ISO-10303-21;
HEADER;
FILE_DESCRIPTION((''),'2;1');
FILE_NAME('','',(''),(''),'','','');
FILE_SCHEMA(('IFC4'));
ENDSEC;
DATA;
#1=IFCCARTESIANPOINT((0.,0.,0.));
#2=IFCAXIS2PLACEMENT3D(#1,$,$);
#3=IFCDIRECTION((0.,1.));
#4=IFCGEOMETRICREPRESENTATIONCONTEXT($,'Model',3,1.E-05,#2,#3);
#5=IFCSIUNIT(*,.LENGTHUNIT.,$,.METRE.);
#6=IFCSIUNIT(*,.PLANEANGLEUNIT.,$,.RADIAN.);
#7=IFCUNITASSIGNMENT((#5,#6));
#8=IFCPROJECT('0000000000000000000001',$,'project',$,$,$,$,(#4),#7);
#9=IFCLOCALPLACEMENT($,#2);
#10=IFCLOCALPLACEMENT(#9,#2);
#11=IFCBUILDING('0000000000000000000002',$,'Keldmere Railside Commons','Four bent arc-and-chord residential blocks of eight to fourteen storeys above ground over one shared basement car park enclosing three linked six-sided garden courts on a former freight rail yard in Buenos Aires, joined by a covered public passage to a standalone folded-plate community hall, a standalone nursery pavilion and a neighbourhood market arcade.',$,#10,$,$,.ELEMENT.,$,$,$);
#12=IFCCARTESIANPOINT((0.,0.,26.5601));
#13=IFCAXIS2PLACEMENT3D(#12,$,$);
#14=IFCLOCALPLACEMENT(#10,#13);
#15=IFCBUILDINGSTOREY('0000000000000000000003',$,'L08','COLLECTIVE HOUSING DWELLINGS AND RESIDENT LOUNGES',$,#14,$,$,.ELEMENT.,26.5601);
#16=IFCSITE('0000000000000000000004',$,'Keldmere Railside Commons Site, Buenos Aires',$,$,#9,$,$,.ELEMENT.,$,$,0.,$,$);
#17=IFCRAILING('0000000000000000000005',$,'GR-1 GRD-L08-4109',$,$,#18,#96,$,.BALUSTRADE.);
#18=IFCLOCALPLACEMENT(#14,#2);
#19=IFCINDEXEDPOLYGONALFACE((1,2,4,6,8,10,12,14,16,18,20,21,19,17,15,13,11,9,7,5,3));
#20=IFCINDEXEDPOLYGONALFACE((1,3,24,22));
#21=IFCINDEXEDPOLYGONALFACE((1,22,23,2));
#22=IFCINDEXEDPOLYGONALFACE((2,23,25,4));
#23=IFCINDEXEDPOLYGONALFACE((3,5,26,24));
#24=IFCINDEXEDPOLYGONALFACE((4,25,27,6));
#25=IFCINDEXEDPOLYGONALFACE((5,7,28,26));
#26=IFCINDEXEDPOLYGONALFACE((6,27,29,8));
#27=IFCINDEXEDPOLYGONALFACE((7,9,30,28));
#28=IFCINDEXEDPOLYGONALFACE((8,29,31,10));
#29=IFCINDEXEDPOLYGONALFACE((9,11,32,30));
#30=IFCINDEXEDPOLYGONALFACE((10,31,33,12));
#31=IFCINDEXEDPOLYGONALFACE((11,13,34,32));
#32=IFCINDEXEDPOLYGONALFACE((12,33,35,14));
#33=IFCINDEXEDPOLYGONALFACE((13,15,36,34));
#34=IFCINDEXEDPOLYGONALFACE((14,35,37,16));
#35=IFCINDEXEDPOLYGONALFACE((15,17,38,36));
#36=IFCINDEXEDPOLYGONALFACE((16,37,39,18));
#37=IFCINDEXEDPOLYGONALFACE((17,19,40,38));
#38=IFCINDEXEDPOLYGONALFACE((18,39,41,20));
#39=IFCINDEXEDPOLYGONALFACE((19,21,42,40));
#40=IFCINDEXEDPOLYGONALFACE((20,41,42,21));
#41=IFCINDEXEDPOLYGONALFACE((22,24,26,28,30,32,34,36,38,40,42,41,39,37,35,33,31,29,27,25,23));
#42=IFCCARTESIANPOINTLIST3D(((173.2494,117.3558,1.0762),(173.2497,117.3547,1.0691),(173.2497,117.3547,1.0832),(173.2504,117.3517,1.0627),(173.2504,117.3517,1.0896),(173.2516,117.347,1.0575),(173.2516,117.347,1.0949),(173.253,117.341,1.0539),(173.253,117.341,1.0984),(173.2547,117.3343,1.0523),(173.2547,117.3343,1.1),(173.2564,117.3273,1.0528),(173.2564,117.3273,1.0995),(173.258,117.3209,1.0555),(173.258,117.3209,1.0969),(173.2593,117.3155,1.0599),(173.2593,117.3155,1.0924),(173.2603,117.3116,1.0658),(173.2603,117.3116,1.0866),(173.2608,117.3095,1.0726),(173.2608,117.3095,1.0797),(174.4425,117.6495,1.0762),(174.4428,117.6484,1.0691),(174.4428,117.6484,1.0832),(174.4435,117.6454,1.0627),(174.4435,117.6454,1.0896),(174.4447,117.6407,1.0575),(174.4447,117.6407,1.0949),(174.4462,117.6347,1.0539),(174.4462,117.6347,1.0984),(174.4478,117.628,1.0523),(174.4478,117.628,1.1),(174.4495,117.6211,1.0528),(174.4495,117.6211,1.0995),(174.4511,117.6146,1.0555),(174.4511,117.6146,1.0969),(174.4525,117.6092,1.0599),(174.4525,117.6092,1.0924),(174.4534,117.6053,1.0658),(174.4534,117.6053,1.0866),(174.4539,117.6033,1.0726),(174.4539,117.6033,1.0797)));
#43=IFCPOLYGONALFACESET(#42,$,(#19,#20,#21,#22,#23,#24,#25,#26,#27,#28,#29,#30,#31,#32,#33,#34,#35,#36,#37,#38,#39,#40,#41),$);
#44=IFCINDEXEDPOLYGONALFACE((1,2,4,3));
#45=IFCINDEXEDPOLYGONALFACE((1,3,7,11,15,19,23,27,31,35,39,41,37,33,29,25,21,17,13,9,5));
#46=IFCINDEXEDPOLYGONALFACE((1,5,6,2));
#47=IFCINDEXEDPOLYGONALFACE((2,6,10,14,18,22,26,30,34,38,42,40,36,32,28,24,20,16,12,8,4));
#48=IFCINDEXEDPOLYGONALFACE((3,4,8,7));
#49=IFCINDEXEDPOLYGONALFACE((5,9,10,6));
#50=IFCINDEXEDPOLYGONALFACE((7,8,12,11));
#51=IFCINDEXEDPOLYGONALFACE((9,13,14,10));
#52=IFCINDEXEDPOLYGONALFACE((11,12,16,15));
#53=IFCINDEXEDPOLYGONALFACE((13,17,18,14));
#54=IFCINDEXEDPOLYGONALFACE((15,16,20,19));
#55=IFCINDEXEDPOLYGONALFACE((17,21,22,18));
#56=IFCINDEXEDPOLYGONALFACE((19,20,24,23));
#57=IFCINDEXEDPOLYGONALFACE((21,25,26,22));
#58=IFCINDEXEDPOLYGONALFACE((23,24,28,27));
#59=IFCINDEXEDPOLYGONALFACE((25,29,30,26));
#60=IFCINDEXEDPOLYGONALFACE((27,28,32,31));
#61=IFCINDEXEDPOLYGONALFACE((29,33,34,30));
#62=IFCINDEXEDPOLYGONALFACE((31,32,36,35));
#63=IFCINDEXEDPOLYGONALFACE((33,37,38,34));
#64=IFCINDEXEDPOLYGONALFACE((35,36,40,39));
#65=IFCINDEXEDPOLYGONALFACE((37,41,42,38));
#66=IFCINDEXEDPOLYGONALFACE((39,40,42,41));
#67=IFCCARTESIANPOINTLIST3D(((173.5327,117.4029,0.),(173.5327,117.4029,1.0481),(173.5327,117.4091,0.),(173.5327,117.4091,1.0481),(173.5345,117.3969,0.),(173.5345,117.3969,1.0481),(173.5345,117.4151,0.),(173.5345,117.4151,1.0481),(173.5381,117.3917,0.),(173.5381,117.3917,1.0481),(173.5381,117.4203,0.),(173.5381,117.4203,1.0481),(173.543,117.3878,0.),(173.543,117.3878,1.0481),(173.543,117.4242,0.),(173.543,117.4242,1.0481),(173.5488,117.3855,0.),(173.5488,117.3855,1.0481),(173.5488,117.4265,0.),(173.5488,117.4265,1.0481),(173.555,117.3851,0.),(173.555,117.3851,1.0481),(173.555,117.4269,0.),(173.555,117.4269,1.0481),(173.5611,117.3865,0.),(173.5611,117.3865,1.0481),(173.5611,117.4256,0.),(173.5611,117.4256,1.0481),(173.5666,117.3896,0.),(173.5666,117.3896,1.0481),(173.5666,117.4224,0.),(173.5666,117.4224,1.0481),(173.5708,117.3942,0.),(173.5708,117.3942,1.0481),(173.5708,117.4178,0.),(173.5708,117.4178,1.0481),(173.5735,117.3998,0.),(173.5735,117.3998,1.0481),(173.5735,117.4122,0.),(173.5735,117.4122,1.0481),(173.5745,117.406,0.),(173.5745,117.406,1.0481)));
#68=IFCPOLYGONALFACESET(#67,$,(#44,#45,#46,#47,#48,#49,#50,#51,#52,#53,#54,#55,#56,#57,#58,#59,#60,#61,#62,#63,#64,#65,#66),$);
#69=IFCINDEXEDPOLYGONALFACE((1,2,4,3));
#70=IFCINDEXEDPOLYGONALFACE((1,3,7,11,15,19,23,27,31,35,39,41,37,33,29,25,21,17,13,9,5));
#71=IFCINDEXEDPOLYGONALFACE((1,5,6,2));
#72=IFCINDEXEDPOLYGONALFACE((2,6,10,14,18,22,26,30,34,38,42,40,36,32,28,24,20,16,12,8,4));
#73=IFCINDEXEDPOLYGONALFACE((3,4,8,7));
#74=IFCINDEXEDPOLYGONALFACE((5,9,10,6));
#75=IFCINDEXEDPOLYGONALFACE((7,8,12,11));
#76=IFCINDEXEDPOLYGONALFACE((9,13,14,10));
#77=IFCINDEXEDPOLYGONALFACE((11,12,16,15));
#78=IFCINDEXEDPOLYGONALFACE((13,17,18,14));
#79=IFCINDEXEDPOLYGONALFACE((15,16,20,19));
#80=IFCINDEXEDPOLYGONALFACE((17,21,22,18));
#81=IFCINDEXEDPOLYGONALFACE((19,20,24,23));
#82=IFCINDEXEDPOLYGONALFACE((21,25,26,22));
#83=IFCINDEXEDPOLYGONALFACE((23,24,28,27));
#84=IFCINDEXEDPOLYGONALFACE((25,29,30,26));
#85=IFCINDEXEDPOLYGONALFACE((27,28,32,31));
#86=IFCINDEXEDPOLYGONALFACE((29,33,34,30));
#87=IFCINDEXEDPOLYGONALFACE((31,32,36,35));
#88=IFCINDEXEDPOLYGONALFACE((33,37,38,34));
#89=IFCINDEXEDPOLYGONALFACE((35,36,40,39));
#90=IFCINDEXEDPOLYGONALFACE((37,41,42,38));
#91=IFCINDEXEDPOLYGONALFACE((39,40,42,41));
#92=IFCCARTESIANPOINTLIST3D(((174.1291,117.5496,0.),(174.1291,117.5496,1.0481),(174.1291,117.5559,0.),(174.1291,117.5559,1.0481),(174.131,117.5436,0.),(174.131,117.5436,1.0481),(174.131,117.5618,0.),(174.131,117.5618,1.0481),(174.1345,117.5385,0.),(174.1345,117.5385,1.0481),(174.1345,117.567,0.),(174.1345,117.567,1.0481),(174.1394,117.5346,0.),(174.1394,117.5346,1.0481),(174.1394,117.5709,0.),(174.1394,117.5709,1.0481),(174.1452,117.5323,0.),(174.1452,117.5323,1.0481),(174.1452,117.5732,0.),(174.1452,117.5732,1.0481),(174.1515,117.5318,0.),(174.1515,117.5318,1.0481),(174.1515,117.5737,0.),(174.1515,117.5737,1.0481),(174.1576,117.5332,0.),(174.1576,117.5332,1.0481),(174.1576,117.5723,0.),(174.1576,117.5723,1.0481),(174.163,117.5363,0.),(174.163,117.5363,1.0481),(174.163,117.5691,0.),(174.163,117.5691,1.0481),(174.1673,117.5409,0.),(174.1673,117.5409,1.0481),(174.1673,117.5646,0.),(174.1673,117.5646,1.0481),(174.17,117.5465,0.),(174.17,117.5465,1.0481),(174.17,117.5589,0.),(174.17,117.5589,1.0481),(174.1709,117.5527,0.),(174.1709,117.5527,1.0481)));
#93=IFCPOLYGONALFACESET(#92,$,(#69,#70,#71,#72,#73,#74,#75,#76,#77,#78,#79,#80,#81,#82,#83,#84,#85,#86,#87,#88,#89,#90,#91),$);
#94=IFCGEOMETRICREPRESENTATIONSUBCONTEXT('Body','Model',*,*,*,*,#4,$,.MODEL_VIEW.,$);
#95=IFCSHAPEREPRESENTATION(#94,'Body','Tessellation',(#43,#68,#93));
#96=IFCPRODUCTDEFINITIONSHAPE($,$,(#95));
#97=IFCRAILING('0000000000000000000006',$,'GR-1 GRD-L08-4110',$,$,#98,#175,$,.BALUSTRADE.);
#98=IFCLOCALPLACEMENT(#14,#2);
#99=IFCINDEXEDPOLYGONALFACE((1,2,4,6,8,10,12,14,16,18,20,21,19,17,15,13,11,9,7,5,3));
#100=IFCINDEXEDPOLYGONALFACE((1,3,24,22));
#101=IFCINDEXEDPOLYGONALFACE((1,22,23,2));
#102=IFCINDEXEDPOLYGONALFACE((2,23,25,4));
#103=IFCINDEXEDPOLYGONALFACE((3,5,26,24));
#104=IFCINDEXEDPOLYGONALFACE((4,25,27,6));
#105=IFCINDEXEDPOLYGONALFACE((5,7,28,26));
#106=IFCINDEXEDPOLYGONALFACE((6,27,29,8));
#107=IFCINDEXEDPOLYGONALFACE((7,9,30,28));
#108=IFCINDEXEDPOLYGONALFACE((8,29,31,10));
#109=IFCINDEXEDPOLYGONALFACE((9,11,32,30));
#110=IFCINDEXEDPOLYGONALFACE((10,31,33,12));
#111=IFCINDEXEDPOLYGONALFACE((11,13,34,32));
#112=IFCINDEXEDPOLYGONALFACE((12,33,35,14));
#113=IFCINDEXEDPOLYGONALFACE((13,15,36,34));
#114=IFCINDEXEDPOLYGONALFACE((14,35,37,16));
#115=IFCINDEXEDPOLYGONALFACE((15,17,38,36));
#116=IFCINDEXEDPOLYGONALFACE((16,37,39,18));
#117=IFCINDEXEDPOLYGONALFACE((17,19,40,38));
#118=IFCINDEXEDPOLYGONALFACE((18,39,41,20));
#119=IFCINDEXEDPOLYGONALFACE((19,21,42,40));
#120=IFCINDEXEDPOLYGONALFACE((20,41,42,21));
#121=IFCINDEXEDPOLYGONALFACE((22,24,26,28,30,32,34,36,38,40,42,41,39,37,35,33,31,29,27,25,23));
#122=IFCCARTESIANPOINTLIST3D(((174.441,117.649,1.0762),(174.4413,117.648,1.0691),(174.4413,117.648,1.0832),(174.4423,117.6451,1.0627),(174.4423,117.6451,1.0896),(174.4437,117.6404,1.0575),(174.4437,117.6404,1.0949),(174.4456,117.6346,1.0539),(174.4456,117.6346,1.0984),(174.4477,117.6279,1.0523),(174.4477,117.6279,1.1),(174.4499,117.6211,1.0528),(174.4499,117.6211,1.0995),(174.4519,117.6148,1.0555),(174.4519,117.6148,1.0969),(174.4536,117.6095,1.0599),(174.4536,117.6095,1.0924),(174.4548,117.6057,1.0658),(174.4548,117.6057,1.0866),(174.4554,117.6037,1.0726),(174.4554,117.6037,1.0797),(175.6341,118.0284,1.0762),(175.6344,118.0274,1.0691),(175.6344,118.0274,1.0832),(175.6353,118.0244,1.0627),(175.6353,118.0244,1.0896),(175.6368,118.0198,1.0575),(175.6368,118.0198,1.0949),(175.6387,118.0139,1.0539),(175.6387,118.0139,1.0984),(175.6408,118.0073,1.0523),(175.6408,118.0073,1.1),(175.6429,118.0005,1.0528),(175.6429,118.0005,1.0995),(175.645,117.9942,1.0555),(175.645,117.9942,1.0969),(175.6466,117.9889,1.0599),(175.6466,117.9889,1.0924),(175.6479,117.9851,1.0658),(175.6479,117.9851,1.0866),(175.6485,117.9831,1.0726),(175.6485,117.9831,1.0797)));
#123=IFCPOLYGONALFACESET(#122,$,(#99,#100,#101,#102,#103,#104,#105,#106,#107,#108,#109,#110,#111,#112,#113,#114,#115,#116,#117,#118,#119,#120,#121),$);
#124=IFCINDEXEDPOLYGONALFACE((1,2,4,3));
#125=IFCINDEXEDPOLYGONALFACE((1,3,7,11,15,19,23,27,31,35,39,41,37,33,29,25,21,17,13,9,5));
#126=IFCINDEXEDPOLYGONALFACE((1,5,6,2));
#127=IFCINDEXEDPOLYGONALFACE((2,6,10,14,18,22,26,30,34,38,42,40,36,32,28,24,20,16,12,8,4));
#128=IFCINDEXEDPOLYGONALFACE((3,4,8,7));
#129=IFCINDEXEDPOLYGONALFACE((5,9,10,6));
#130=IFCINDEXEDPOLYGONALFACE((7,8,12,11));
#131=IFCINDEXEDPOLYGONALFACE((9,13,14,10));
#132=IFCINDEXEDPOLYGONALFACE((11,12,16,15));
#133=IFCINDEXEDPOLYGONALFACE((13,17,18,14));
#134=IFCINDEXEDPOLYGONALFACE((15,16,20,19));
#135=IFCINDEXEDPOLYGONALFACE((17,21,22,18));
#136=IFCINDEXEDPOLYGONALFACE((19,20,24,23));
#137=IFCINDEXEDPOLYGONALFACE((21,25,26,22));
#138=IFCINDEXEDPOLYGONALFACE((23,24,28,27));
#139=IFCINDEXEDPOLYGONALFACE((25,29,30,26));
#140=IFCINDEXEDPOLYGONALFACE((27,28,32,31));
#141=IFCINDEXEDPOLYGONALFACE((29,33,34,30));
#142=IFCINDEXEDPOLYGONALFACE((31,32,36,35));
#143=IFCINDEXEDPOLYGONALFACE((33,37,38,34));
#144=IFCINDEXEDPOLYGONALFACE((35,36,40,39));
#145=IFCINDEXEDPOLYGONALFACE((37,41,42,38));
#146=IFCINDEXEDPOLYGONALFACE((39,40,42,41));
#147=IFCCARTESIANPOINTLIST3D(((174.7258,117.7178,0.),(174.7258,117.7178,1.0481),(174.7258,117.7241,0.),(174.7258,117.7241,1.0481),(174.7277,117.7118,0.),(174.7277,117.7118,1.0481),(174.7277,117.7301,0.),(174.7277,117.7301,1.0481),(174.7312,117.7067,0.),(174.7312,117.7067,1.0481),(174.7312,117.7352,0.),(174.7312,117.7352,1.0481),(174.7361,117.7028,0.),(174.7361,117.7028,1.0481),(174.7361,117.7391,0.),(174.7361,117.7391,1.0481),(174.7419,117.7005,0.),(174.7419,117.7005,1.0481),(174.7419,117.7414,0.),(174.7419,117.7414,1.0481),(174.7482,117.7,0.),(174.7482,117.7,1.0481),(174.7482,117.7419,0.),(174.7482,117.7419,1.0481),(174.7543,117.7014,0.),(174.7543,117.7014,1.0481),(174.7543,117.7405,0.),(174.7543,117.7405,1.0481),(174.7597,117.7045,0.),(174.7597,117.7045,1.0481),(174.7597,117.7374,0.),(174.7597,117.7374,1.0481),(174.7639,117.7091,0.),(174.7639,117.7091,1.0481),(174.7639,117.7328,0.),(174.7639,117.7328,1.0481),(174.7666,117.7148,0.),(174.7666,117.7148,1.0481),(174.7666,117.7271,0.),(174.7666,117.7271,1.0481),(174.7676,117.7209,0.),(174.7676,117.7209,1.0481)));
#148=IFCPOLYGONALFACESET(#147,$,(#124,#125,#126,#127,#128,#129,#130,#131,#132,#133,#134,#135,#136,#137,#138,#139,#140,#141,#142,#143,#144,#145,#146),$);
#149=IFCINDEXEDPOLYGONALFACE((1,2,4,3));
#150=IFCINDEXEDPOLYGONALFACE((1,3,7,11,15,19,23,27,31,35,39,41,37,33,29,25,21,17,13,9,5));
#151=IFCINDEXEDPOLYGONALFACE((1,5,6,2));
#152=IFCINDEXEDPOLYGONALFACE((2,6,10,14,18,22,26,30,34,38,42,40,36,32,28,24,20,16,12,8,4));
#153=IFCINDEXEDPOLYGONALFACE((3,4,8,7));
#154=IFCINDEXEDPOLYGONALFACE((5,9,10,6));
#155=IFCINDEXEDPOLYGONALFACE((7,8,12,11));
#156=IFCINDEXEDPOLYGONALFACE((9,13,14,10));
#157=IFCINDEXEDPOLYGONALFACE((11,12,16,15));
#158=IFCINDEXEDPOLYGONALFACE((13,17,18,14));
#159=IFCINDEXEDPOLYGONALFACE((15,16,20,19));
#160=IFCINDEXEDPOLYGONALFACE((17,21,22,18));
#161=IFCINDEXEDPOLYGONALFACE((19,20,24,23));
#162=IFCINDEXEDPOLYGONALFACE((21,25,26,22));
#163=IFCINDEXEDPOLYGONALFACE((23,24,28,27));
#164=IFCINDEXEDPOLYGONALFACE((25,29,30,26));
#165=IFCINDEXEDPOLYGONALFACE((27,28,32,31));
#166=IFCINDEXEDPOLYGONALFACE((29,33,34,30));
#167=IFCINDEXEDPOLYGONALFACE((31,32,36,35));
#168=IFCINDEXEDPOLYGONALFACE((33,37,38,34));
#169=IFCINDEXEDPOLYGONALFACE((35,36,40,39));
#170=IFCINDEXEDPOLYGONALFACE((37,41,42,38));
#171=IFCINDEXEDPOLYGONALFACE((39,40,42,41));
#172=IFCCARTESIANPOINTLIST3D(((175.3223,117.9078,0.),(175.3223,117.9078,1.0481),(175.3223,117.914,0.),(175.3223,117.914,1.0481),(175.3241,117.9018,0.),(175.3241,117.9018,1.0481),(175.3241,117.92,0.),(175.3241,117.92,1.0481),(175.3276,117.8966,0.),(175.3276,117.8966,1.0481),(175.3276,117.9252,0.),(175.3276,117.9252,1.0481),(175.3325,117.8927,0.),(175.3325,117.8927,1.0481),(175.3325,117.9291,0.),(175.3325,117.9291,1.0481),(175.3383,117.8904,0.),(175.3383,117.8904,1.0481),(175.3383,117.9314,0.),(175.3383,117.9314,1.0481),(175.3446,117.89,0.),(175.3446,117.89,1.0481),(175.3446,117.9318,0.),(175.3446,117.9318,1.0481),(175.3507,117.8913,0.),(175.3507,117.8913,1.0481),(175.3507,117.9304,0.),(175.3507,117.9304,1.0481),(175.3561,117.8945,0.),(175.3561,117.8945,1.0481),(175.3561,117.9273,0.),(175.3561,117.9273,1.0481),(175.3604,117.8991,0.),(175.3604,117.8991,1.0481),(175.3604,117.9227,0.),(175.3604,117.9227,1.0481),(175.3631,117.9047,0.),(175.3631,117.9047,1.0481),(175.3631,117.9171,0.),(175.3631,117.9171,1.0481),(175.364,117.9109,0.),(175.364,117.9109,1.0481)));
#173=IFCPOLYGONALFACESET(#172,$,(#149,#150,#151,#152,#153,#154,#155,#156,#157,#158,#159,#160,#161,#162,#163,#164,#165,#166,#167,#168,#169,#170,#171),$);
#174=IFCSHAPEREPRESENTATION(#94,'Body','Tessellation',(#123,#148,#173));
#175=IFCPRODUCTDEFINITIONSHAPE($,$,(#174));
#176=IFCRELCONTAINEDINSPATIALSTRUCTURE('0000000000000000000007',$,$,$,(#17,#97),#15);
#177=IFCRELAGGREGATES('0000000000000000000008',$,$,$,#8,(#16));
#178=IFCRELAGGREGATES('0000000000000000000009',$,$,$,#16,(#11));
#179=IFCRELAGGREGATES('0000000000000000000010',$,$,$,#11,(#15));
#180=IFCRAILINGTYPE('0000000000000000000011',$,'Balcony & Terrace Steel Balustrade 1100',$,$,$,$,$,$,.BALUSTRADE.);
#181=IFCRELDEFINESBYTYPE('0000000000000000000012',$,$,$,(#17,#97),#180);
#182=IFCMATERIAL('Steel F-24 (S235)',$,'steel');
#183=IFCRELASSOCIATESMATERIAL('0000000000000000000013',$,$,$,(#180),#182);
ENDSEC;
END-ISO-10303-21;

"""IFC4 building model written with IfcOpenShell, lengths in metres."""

from ifc_helpers import new_model, si_unit, direction, frame, origin, origin_2d, place, context, subcontext, project, spatial, circle, extrude, material, type_object, element, save


model = new_model("IFC4")

# Units and contexts
model_context = context("Model", 3, precision=1e-05, world=origin(), true_north=direction((0.0, 1.0)))
body_context = subcontext(model_context, "Body", "Model", "MODEL_VIEW")
ifc_project = project(units=[si_unit("LENGTHUNIT", "METRE"), si_unit("PLANEANGLEUNIT", "RADIAN")], contexts=[model_context])

# Site, building, storey
site_placement = place(None, origin())
site = spatial("IfcSite", under=ifc_project, at=site_placement, Name="Keldmere Railside Commons Site, Buenos Aires", CompositionType="ELEMENT", RefElevation=0.0)
building_placement = place(site_placement, origin())
building = spatial("IfcBuilding", under=site, at=building_placement, Name="Keldmere Railside Commons", Description="Four bent arc-and-chord residential blocks of eight to fourteen storeys above ground over one shared basement car park enclosing three linked six-sided garden courts on a former freight rail yard in Buenos Aires, joined by a covered public passage to a standalone folded-plate community hall, a standalone nursery pavilion and a neighbourhood market arcade.", CompositionType="ELEMENT")
storey_placement = place(building_placement, frame((0.0, 0.0, 26.5601)))
storey = spatial("IfcBuildingStorey", under=building, at=storey_placement, Name="L08", Description="COLLECTIVE HOUSING DWELLINGS AND RESIDENT LOUNGES", CompositionType="ELEMENT", Elevation=26.5601)

# Railings
ifc_material_1 = material(Name="Steel F-24 (S235)", Category="steel")
railing_type = type_object("IfcRailingType", Name="Balcony & Terrace Steel Balustrade 1100", PredefinedType="BALUSTRADE", material=ifc_material_1)
railing_1_placement = place(storey_placement, frame((173.2551, 117.3325, 0.0)))
element("IfcRailing", 1, at=railing_1_placement, inside=storey, type_object=railing_type, Name="GR-1 GRD-L08-4109", PredefinedType="BALUSTRADE", context=body_context, shape_type="SweptSolid", body=[
    extrude(circle(Radius=0.0239, at=origin_2d()), frame((0.0, 0.0, 1.0762), z_axis=(0.971013, 0.239028, 0.0), x_axis=(-0.239028, 0.971013, 0.0)), (0.0, 0.0, 1.0), 1.2288),
    extrude(circle(Radius=0.021, at=origin_2d()), frame((0.2983, 0.0735, 0.0)), (0.0, 0.0, 1.0), 1.0481),
    extrude(circle(Radius=0.021, at=origin_2d()), frame((0.8948, 0.2202, 0.0)), (0.0, 0.0, 1.0), 1.0481),
])
railing_2_placement = place(storey_placement, frame((174.4482, 117.6262, 0.0)))
element("IfcRailing", 2, at=railing_2_placement, inside=storey, type_object=railing_type, Name="GR-1 GRD-L08-4110", PredefinedType="BALUSTRADE", context=body_context, shape_type="SweptSolid", body=[
    extrude(circle(Radius=0.0239, at=origin_2d()), frame((0.0, 0.0, 1.0762), z_axis=(0.95298, 0.303035, 0.0), x_axis=(-0.303035, 0.95298, 0.0)), (0.0, 0.0, 1.0), 1.252),
    extrude(circle(Radius=0.021, at=origin_2d()), frame((0.2983, 0.0947, 0.0)), (0.0, 0.0, 1.0), 1.0481),
    extrude(circle(Radius=0.021, at=origin_2d()), frame((0.8948, 0.2847, 0.0)), (0.0, 0.0, 1.0), 1.0481),
])

save(model, "model.ifc")
